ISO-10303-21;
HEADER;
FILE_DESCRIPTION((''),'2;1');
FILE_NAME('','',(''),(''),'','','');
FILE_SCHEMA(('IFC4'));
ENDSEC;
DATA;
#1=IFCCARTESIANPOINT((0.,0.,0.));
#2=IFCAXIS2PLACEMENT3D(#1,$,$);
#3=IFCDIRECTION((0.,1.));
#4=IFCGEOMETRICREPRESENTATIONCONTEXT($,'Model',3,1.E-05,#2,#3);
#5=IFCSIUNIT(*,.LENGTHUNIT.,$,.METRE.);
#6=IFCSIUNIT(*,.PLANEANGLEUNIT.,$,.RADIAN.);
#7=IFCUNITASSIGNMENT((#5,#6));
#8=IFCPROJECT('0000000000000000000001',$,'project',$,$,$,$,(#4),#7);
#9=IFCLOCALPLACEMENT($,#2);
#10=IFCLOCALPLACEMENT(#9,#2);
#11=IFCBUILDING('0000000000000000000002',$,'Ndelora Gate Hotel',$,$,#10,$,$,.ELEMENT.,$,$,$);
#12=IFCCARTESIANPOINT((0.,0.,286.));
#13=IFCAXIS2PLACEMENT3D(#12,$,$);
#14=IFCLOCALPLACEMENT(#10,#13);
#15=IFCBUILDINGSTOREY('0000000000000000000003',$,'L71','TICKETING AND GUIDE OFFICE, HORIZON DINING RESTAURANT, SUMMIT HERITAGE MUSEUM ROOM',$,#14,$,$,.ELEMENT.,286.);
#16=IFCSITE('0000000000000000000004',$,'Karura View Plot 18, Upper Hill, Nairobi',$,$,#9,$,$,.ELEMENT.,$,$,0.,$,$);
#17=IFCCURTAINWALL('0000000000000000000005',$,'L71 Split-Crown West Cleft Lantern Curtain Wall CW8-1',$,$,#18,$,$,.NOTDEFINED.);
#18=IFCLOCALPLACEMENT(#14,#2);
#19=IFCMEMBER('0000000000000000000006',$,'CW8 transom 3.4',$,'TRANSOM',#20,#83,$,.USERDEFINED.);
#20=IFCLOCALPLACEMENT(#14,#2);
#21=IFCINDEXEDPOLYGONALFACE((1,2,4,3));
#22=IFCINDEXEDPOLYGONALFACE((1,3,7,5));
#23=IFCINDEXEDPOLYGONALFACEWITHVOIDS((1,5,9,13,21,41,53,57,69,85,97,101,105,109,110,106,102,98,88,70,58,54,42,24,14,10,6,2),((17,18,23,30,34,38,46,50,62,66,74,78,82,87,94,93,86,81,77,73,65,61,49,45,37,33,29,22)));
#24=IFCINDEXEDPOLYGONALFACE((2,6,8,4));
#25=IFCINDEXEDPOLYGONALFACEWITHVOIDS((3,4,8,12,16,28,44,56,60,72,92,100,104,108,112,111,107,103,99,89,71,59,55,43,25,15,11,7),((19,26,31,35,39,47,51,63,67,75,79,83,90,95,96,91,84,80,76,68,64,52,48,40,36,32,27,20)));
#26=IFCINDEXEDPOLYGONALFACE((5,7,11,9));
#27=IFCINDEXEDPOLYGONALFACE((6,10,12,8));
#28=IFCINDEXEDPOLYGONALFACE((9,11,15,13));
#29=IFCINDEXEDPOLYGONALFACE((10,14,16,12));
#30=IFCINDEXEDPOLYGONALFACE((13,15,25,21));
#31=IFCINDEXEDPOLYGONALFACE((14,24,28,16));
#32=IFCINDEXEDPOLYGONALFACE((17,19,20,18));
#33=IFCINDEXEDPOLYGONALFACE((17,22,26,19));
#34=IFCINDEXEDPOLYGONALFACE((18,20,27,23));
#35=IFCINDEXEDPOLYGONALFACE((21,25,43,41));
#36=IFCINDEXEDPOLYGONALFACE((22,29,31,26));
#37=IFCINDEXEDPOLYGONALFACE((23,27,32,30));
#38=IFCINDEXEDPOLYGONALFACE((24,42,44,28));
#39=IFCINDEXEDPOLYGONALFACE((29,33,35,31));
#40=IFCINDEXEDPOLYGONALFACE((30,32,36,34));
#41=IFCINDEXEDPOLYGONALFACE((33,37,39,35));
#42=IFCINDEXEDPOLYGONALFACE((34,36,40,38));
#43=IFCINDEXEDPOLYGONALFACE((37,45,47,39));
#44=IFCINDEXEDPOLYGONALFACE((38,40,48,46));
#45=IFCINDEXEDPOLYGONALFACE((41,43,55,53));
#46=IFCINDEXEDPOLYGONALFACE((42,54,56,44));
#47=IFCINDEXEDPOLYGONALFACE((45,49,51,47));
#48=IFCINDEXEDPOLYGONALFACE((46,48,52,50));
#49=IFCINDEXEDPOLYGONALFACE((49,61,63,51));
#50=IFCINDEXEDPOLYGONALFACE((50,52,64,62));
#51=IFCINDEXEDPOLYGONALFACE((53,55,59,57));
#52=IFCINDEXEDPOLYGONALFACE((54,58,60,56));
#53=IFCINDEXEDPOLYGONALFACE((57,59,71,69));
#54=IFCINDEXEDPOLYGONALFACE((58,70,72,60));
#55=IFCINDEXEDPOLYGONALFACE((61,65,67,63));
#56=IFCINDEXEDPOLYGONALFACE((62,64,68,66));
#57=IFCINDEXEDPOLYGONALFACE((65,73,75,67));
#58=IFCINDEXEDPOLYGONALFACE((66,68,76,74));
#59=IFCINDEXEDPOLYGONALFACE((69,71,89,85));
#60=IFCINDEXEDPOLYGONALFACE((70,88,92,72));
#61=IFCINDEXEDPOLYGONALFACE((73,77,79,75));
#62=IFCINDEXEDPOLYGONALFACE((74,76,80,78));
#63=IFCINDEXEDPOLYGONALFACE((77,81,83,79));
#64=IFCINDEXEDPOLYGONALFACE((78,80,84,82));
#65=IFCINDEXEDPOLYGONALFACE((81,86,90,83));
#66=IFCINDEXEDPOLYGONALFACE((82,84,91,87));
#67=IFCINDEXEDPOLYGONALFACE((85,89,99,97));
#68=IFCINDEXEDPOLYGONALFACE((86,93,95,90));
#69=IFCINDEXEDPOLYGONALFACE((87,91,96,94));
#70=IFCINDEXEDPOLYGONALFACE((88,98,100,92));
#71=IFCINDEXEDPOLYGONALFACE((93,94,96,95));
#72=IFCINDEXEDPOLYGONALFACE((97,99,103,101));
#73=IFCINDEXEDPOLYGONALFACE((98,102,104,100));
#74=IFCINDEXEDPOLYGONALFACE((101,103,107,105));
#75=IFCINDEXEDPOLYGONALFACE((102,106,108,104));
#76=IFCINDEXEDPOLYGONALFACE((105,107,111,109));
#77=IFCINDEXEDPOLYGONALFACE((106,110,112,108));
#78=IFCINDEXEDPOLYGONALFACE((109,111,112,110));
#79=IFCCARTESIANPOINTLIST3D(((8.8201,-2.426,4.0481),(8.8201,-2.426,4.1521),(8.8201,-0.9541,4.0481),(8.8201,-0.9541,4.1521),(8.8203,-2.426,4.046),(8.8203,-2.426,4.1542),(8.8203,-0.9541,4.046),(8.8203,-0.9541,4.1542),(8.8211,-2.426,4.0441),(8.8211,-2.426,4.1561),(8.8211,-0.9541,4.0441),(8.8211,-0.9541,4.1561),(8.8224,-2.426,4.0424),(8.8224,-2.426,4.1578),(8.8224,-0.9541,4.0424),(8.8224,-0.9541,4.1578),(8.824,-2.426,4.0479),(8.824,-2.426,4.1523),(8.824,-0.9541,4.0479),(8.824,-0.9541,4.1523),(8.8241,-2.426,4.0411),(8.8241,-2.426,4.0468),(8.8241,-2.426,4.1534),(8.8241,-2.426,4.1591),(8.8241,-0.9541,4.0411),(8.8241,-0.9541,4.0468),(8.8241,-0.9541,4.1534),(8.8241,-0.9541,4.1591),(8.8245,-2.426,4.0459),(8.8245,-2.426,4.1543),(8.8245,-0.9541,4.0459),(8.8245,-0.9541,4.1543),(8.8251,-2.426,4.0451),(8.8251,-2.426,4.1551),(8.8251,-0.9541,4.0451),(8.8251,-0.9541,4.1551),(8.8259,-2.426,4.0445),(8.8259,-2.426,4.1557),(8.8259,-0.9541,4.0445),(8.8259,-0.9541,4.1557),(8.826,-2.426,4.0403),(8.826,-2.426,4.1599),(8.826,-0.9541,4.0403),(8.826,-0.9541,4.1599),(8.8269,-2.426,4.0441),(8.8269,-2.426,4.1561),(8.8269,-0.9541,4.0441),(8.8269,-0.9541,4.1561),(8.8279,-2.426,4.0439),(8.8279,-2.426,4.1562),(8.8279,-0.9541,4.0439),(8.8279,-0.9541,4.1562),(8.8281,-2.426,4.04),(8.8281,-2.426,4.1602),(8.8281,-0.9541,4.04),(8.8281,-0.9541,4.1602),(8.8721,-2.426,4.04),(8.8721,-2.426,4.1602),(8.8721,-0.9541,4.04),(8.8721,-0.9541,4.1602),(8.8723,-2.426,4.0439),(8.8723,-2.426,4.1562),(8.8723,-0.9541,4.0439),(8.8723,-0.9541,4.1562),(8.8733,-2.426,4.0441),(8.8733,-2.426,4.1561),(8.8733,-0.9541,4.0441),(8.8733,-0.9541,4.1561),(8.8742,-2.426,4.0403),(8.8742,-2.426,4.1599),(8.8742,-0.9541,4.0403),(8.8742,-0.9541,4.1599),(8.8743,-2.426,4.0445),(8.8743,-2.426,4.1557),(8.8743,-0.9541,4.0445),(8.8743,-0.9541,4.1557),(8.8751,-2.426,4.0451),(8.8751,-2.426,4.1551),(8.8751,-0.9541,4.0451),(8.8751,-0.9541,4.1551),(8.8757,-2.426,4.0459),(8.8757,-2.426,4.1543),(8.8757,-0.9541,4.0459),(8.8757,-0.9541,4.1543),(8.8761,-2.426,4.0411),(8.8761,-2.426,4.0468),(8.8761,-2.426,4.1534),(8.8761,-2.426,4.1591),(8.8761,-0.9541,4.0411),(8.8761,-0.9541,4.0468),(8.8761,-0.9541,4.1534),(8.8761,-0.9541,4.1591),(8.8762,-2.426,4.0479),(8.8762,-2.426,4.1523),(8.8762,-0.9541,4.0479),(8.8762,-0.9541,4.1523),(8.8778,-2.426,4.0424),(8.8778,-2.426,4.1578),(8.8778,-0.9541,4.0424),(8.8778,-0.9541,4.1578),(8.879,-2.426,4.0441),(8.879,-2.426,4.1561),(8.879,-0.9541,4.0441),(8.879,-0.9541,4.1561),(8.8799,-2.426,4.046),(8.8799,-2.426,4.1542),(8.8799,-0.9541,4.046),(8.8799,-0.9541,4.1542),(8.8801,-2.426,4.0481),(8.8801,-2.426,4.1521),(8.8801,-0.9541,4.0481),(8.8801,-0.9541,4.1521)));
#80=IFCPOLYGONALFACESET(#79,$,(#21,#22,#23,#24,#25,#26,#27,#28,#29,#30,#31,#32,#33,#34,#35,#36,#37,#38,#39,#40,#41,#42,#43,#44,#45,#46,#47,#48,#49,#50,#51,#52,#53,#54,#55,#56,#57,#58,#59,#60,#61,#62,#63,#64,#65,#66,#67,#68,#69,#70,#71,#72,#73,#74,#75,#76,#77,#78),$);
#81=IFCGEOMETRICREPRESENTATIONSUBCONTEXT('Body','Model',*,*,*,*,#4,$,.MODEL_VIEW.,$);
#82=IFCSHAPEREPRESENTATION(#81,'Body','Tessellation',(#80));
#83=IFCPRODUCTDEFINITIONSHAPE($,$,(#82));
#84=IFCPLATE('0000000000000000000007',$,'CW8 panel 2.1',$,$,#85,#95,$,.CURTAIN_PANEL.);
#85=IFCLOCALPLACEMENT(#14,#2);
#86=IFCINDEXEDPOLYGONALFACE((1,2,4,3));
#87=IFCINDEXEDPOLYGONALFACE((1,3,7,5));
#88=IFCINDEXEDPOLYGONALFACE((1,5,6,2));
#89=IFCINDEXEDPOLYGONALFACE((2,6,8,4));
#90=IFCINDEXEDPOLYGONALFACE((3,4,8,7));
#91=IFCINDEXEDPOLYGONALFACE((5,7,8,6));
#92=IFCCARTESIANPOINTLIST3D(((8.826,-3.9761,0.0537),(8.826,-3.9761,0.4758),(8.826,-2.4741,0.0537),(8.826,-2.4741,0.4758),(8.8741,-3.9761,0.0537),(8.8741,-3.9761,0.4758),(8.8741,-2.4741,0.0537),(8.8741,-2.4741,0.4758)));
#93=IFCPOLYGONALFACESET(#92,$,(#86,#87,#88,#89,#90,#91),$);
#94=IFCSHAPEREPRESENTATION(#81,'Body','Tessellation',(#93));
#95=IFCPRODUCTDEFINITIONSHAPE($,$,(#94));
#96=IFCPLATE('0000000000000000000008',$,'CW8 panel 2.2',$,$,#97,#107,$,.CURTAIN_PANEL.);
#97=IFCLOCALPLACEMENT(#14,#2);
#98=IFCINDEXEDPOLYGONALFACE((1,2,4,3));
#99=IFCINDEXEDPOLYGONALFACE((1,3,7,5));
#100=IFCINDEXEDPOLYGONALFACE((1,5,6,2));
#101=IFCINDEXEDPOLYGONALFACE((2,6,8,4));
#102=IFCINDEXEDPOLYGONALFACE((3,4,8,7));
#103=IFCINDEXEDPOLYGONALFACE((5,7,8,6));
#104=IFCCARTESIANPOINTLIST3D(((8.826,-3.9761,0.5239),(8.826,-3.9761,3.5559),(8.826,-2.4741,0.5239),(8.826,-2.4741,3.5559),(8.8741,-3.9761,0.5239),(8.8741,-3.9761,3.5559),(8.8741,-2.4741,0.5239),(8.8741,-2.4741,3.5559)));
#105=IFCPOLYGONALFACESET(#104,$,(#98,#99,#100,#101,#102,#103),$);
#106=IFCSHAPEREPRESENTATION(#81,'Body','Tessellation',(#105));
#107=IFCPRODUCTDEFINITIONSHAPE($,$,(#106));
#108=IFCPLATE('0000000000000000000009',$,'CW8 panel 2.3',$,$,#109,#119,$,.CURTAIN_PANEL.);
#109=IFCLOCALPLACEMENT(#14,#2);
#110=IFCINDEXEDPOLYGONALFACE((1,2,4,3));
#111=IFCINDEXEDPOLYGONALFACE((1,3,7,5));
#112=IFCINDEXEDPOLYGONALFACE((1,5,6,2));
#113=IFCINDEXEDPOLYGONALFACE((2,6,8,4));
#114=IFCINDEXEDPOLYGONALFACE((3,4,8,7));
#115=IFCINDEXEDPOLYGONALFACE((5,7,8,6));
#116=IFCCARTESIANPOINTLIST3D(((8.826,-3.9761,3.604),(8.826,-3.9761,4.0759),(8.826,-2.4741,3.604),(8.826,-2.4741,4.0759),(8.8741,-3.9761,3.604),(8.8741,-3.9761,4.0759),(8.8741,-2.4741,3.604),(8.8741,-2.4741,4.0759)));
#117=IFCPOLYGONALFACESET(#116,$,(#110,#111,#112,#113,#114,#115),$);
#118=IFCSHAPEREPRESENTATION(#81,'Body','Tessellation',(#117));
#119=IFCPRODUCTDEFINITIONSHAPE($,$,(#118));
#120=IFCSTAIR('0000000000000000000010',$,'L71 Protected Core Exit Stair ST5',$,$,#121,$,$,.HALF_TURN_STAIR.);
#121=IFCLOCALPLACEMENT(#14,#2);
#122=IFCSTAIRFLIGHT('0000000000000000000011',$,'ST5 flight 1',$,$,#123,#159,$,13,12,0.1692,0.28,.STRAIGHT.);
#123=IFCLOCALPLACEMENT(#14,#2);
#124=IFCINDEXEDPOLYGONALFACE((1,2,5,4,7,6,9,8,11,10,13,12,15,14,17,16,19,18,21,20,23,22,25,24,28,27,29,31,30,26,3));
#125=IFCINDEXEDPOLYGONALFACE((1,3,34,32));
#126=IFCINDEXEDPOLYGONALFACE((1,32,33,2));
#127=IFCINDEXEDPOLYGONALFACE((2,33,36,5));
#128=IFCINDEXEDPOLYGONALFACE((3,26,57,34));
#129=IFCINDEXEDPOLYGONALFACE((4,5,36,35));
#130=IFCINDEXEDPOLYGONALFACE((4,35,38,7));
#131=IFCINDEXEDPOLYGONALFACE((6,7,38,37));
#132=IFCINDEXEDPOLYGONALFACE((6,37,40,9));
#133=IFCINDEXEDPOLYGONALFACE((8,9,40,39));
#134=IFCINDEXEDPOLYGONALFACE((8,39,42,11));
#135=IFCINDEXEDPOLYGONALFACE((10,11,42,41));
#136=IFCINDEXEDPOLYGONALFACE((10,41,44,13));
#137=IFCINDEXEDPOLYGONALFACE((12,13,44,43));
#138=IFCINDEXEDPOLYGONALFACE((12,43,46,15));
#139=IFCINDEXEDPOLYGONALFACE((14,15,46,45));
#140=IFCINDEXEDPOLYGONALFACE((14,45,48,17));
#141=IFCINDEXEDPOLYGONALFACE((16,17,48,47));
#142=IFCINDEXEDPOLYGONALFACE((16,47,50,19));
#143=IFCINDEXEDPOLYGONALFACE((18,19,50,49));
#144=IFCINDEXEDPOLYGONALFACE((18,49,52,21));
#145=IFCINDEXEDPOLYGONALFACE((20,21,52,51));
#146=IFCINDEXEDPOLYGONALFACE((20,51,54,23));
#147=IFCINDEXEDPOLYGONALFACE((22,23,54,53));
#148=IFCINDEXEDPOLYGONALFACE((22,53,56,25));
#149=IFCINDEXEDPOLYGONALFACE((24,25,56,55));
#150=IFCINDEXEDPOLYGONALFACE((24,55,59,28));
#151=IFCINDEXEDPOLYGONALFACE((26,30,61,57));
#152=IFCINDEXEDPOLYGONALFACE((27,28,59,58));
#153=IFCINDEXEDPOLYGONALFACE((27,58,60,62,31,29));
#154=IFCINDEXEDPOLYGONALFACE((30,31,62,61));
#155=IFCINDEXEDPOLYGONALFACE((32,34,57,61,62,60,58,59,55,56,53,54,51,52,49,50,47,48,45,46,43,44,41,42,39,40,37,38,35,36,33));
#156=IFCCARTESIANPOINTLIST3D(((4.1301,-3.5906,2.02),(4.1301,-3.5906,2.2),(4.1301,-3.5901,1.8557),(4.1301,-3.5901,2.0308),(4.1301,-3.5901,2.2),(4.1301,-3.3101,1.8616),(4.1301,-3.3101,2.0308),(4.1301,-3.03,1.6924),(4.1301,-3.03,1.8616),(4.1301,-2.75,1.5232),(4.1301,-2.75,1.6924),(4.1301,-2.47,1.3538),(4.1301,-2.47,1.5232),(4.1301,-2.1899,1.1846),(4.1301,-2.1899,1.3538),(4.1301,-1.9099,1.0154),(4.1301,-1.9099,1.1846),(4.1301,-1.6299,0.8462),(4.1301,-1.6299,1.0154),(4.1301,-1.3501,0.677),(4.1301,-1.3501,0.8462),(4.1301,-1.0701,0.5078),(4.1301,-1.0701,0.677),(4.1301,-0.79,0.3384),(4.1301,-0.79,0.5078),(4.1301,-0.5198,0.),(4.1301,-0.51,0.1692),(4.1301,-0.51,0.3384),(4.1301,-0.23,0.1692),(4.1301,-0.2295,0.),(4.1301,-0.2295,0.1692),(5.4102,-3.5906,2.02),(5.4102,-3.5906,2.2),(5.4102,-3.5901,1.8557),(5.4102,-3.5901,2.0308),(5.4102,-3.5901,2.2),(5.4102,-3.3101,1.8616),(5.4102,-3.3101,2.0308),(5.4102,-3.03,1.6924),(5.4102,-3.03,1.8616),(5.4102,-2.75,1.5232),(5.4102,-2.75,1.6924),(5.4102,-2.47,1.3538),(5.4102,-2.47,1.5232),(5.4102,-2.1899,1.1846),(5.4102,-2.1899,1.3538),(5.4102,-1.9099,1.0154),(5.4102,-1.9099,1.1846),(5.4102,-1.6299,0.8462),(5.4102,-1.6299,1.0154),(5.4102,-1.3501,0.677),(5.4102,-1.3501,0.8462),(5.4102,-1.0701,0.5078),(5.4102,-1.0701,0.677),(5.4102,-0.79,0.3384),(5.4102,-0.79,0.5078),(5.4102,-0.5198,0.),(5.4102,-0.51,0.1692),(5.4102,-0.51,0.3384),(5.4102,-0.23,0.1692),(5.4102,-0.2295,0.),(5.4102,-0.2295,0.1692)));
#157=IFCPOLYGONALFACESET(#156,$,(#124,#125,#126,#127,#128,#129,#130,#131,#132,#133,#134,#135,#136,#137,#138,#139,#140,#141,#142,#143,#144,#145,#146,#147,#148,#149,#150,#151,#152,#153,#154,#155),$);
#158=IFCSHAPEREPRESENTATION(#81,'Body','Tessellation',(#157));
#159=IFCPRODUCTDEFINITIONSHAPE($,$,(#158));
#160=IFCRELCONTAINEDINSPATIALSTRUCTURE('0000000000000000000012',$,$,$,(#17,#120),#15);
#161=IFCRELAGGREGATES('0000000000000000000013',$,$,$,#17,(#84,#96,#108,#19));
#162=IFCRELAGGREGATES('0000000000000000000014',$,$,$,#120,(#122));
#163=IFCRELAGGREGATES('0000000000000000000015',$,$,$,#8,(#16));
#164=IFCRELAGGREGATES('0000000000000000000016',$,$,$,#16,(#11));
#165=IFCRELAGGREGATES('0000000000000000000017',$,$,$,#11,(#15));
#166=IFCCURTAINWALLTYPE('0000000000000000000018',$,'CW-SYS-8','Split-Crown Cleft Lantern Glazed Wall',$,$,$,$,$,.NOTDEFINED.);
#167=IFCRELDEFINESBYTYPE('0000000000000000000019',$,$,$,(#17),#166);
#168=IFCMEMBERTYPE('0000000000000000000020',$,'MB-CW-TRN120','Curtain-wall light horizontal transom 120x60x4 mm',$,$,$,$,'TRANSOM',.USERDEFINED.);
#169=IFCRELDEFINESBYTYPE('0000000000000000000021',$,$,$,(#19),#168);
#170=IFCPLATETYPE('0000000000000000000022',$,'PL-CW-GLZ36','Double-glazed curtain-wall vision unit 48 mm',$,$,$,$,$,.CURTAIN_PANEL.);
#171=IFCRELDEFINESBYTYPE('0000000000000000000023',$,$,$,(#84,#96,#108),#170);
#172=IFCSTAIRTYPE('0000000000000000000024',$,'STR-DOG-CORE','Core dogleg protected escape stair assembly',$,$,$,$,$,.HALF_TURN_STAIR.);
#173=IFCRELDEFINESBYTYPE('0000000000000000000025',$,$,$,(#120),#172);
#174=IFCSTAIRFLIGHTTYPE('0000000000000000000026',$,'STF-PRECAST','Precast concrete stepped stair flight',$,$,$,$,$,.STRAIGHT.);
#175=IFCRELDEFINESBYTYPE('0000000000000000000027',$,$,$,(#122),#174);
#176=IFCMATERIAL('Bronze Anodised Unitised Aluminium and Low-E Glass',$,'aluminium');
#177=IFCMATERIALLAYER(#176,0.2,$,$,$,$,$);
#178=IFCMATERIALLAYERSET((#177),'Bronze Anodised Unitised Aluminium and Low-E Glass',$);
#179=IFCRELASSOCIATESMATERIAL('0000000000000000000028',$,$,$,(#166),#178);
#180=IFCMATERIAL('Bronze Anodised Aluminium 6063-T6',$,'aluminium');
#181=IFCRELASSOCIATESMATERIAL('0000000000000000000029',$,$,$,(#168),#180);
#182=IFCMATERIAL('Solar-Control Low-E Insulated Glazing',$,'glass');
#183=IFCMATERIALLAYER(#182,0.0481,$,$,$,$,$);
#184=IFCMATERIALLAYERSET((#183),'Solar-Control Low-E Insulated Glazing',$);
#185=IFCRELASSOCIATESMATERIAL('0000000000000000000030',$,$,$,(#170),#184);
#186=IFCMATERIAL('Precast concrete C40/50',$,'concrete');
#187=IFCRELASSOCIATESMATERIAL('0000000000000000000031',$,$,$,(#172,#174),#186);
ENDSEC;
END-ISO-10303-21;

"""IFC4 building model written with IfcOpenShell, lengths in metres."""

from ifc_helpers import new_model, si_unit, direction, frame, origin, origin_2d, place, context, subcontext, project, spatial, polyline, rectangle, hollow_rectangle, outline, extrude, material, layer, layer_set, material_profile, profile_set, type_object, element, aggregate, save


model = new_model("IFC4")

# Units and contexts
model_context = context("Model", 3, precision=1e-05, world=origin(), true_north=direction((0.0, 1.0)))
body_context = subcontext(model_context, "Body", "Model", "MODEL_VIEW")
ifc_project = project(units=[si_unit("LENGTHUNIT", "METRE"), si_unit("PLANEANGLEUNIT", "RADIAN")], contexts=[model_context])

# Site, building, storey
site_placement = place(None, origin())
site = spatial("IfcSite", under=ifc_project, at=site_placement, Name="Karura View Plot 18, Upper Hill, Nairobi", CompositionType="ELEMENT", RefElevation=0.0)
building_placement = place(site_placement, origin())
building = spatial("IfcBuilding", under=site, at=building_placement, Name="Ndelora Gate Hotel", CompositionType="ELEMENT")
storey_placement = place(building_placement, frame((0.0, 0.0, 286.0)))
storey = spatial("IfcBuildingStorey", under=building, at=storey_placement, Name="L71", Description="TICKETING AND GUIDE OFFICE, HORIZON DINING RESTAURANT, SUMMIT HERITAGE MUSEUM ROOM", CompositionType="ELEMENT", Elevation=286.0)

# Curtain wall, member, plates
ifc_material_1 = material(Name="Bronze Anodised Unitised Aluminium and Low-E Glass", Category="aluminium")
ifc_layer_1 = layer(ifc_material_1, 0.2)
ifc_layer_set_1 = layer_set([ifc_layer_1], Name="Bronze Anodised Unitised Aluminium and Low-E Glass")
curtain_wall_type = type_object("IfcCurtainWallType", Name="CW-SYS-8", Description="Split-Crown Cleft Lantern Glazed Wall", PredefinedType="NOTDEFINED", material=ifc_layer_set_1)
curtain_wall_placement = place(storey_placement, origin())
curtain_wall = element("IfcCurtainWall", 1, at=curtain_wall_placement, inside=storey, type_object=curtain_wall_type, Name="L71 Split-Crown West Cleft Lantern Curtain Wall CW8-1", PredefinedType="NOTDEFINED")
ifc_material_2 = material(Name="Bronze Anodised Aluminium 6063-T6", Category="aluminium")
ifc_material_profile_1 = material_profile(ifc_material_2, hollow_rectangle(XDim=0.0601, YDim=0.1201, WallThickness=0.0039, InnerFilletRadius=0.0039, OuterFilletRadius=0.0081, at=origin_2d()), Name="ALU 120x60x4")
ifc_profile_set_1 = profile_set([ifc_material_profile_1], Name="Bronze Anodised Aluminium 6063-T6")
member_type_1 = type_object("IfcMemberType", Name="MB-CW-TRN120", Description="Curtain-wall light horizontal transom 120x60x4 mm", ElementType="TRANSOM", PredefinedType="USERDEFINED", material=ifc_profile_set_1)
member_1_placement = place(storey_placement, frame((8.8501, -2.426, 4.1001), z_axis=(0.0, 1.0, 0.0), x_axis=(-1.0, 0.0, 0.0)))
member_1 = element("IfcMember", 2, at=member_1_placement, type_object=member_type_1, Name="CW8 transom 3.4", ObjectType="TRANSOM", PredefinedType="USERDEFINED", context=body_context, shape_type="SweptSolid", body=[
    extrude(hollow_rectangle(XDim=0.0601, YDim=0.1201, WallThickness=0.0039, InnerFilletRadius=0.0039, OuterFilletRadius=0.0081, at=origin_2d()), origin(), (0.0, 0.0, 1.0), 1.4719),
])
ifc_material_3 = material(Name="Solar-Control Low-E Insulated Glazing", Category="glass")
ifc_layer_2 = layer(ifc_material_3, 0.0481)
ifc_layer_set_2 = layer_set([ifc_layer_2], Name="Solar-Control Low-E Insulated Glazing")
plate_type = type_object("IfcPlateType", Name="PL-CW-GLZ36", Description="Double-glazed curtain-wall vision unit 48 mm", PredefinedType="CURTAIN_PANEL", material=ifc_layer_set_2)
plate_1_placement = place(storey_placement, frame((8.8501, -3.2251, 0.0537), z_axis=(0.0, 0.0, 1.0), x_axis=(0.0, 1.0, 0.0)))
plate_1 = element("IfcPlate", 3, at=plate_1_placement, type_object=plate_type, Name="CW8 panel 2.1", PredefinedType="CURTAIN_PANEL", context=body_context, shape_type="SweptSolid", body=[
    extrude(rectangle(XDim=1.502, YDim=0.0481, at=origin_2d()), origin(), (0.0, 0.0, 1.0), 0.4221),
])
plate_2_placement = place(storey_placement, frame((8.8501, -3.2251, 0.5239), z_axis=(0.0, 0.0, 1.0), x_axis=(0.0, 1.0, 0.0)))
plate_2 = element("IfcPlate", 4, at=plate_2_placement, type_object=plate_type, Name="CW8 panel 2.2", PredefinedType="CURTAIN_PANEL", context=body_context, shape_type="SweptSolid", body=[
    extrude(rectangle(XDim=1.502, YDim=0.0481, at=origin_2d()), origin(), (0.0, 0.0, 1.0), 3.032),
])
plate_3_placement = place(storey_placement, frame((8.8501, -3.2251, 3.604), z_axis=(0.0, 0.0, 1.0), x_axis=(0.0, 1.0, 0.0)))
plate_3 = element("IfcPlate", 5, at=plate_3_placement, type_object=plate_type, Name="CW8 panel 2.3", PredefinedType="CURTAIN_PANEL", context=body_context, shape_type="SweptSolid", body=[
    extrude(rectangle(XDim=1.502, YDim=0.0481, at=origin_2d()), origin(), (0.0, 0.0, 1.0), 0.4719),
])
aggregate(curtain_wall, [plate_1, plate_2, plate_3, member_1])

# Stair, stair flight
ifc_material_4 = material(Name="Precast concrete C40/50", Category="concrete")
stair_type = type_object("IfcStairType", Name="STR-DOG-CORE", Description="Core dogleg protected escape stair assembly", PredefinedType="HALF_TURN_STAIR", material=ifc_material_4)
stair_placement = place(storey_placement, origin())
stair = element("IfcStair", 6, at=stair_placement, inside=storey, type_object=stair_type, Name="L71 Protected Core Exit Stair ST5", PredefinedType="HALF_TURN_STAIR")
stair_flight_type = type_object("IfcStairFlightType", Name="STF-PRECAST", Description="Precast concrete stepped stair flight", PredefinedType="STRAIGHT", material=ifc_material_4)
stair_flight_1_placement = place(storey_placement, frame((4.77, -0.23, 0.0), z_axis=(0.0, 0.0, 1.0), x_axis=(0.0, -1.0, 0.0)))
stair_flight_1 = element("IfcStairFlight", 7, at=stair_flight_1_placement, type_object=stair_flight_type, Name="ST5 flight 1", NumberOfRisers=13, NumberOfTreads=12, PredefinedType="STRAIGHT", RiserHeight=0.1692, TreadLength=0.28, context=body_context, shape_type="SweptSolid", body=[
    extrude(outline(polyline([(-0.0005, 0.0), (-0.0005, 0.1692), (0.0, 0.1692), (0.28, 0.1692), (0.28, 0.3384), (0.5601, 0.3384), (0.5601, 0.5078), (0.8401, 0.5078), (0.8401, 0.677), (1.1201, 0.677), (1.1201, 0.8462), (1.3999, 0.8462), (1.3999, 1.0154), (1.6799, 1.0154), (1.6799, 1.1846), (1.96, 1.1846), (1.96, 1.3538), (2.24, 1.3538), (2.24, 1.5232), (2.52, 1.5232), (2.52, 1.6924), (2.8, 1.6924), (2.8, 1.8616), (3.0801, 1.8616), (3.0801, 2.0308), (3.3601, 2.0308), (3.3601, 2.2), (3.3606, 2.2), (3.3606, 2.02), (3.3601, 1.8557), (0.2898, 0.0), (-0.0005, 0.0)])), frame((0.0, 0.6401, 0.0), z_axis=(0.0, -1.0, 0.0), x_axis=(1.0, 0.0, 0.0)), (0.0, 0.0, 1.0), 1.28),
])
aggregate(stair, [stair_flight_1])

save(model, "model.ifc")
